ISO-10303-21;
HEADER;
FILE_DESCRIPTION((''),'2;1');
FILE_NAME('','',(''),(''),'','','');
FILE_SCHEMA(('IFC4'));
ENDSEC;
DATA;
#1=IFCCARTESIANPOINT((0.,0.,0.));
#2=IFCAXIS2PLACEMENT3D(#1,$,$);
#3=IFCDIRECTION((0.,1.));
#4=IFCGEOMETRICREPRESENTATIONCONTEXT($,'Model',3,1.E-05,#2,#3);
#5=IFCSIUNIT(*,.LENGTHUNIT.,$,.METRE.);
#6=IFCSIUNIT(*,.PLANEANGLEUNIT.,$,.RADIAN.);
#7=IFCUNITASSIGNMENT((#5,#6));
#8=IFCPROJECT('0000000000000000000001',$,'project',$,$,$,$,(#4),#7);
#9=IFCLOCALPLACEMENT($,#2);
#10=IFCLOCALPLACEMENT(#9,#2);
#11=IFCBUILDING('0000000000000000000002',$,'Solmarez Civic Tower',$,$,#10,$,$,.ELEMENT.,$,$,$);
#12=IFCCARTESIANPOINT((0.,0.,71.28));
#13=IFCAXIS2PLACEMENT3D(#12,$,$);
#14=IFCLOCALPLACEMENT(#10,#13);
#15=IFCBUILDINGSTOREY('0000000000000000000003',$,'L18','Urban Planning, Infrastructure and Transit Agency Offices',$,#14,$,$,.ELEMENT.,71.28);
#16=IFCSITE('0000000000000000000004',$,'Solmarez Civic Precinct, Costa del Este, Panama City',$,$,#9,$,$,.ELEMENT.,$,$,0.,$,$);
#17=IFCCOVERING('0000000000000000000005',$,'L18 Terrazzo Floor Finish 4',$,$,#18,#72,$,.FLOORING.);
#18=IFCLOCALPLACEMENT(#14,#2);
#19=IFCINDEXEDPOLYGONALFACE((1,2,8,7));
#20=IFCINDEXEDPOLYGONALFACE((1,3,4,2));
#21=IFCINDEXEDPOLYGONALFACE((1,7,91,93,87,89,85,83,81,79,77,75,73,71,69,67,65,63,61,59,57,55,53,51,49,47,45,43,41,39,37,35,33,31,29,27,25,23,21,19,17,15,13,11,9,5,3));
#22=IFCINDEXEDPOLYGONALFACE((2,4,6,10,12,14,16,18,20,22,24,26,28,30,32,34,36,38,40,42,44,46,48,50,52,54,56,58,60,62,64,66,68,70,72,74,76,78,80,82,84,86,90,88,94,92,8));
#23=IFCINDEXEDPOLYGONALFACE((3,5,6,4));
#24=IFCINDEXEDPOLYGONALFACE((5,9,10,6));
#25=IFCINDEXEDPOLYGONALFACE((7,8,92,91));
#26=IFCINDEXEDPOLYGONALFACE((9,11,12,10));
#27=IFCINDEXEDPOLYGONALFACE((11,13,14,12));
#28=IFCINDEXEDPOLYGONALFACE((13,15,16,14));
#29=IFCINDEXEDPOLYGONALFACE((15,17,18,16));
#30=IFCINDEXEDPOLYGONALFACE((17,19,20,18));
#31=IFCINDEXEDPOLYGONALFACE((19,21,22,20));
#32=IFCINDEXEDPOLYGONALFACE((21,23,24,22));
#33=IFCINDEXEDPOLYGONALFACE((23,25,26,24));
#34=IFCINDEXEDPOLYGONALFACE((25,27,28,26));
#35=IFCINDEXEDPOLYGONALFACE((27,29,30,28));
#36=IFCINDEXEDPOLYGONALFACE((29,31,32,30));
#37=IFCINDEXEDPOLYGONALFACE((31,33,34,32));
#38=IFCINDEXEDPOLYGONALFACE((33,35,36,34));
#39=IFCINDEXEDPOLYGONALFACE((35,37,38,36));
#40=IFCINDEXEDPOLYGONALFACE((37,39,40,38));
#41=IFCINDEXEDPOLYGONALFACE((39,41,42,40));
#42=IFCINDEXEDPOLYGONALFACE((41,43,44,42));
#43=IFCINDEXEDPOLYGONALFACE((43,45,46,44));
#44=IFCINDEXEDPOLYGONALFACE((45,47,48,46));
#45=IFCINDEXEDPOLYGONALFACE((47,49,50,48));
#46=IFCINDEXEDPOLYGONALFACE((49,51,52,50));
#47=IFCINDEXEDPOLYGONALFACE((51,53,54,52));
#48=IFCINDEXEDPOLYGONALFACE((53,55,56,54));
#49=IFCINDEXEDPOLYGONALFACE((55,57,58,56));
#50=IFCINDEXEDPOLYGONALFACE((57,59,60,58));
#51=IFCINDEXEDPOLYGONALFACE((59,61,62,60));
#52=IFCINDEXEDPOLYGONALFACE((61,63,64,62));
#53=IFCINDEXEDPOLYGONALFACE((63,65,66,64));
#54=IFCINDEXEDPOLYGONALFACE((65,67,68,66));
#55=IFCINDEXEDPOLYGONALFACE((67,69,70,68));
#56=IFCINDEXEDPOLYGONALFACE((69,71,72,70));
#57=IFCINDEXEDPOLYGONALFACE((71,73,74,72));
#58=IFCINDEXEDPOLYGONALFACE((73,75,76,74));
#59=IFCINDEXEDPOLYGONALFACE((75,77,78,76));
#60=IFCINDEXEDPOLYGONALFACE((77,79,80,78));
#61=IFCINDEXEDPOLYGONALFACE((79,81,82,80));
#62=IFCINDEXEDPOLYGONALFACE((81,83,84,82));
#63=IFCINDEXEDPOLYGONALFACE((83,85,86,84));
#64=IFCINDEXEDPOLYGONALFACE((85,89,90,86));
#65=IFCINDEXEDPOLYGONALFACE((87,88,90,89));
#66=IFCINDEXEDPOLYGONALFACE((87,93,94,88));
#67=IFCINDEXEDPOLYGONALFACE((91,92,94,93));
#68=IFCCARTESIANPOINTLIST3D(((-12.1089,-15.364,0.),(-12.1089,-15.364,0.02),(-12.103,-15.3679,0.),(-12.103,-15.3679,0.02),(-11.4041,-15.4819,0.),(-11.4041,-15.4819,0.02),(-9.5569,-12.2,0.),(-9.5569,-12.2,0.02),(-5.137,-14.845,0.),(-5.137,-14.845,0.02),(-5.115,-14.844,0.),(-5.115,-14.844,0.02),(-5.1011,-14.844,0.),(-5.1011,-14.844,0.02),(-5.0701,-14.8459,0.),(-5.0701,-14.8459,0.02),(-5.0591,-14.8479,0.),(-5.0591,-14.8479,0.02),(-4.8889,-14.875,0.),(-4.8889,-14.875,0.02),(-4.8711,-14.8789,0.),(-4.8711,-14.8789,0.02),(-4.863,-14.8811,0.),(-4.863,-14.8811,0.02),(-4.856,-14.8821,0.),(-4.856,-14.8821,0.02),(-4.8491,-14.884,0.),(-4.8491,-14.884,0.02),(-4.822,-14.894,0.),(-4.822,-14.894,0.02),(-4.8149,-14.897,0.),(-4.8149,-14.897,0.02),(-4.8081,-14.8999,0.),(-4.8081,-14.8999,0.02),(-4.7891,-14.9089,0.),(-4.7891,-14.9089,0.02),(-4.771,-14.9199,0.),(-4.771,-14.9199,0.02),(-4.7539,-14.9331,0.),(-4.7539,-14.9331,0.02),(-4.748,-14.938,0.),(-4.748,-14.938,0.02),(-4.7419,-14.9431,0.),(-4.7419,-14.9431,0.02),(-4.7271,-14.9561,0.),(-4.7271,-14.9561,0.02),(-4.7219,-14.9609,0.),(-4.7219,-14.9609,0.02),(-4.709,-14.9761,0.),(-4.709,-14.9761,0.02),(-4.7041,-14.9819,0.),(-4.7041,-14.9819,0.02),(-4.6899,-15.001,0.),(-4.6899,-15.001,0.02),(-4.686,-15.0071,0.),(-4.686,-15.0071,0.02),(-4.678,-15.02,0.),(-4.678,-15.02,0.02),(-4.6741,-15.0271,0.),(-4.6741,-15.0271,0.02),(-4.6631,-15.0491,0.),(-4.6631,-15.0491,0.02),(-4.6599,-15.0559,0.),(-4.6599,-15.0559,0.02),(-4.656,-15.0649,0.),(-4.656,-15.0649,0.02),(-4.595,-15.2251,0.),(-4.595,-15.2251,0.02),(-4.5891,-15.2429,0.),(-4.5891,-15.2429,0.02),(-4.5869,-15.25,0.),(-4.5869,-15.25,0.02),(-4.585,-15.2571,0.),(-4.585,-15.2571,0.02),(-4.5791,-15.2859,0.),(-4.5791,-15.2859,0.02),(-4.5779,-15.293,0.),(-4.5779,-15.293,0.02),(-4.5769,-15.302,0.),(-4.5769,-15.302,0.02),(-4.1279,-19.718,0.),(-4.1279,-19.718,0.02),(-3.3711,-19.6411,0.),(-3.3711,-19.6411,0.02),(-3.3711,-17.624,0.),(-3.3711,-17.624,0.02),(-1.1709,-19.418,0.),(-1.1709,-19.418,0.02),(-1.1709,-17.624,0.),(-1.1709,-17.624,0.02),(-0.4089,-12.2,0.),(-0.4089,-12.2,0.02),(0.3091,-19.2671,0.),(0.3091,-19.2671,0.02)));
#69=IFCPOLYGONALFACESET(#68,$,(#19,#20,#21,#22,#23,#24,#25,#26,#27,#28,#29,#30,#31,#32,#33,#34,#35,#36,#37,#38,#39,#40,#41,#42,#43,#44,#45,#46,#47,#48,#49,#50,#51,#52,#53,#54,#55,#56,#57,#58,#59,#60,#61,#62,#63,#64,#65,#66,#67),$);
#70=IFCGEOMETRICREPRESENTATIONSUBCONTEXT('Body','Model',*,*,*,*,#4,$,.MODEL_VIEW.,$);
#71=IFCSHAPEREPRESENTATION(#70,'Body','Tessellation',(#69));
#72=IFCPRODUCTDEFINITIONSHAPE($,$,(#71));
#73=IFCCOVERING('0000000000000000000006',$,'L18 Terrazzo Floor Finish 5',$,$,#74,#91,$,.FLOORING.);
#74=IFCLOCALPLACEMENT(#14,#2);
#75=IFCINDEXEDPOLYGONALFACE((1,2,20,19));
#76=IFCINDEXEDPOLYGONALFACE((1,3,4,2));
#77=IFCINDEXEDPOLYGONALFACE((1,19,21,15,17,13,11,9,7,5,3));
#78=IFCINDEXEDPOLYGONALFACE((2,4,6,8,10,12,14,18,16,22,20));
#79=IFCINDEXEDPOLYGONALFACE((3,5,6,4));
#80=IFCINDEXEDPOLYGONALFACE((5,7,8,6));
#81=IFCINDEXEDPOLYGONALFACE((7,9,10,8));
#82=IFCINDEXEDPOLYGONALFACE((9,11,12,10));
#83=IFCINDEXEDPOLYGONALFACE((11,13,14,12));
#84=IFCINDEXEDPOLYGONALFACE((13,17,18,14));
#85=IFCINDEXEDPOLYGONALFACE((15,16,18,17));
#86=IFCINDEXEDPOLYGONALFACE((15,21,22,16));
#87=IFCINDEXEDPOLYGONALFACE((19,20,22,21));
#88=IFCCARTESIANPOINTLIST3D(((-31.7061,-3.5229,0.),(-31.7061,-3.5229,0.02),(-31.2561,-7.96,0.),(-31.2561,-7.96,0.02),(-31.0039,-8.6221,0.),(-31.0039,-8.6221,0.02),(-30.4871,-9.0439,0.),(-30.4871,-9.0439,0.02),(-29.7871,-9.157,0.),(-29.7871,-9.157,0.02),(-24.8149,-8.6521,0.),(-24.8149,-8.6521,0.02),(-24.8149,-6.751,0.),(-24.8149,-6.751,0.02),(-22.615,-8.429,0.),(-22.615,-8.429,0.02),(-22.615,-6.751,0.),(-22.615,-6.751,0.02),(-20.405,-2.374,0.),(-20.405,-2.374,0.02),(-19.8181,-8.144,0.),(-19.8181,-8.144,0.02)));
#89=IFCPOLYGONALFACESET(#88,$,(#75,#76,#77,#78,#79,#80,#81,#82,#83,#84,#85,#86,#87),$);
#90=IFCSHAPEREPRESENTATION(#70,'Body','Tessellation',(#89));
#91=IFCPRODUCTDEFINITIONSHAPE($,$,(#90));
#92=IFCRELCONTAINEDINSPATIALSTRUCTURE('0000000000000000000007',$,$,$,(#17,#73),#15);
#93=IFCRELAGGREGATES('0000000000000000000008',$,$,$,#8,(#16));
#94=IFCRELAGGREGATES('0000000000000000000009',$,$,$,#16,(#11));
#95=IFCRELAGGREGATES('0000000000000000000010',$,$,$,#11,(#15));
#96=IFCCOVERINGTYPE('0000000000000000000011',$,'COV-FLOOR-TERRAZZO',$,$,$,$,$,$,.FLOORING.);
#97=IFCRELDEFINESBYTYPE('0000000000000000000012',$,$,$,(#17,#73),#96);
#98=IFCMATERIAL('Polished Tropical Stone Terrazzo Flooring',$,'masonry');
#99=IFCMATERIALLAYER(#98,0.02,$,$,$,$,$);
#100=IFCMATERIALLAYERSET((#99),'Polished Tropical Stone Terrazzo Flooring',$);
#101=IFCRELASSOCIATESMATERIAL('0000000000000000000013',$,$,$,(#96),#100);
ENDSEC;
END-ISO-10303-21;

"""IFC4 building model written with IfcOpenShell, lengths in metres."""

from ifc_helpers import new_model, si_unit, direction, frame, origin, place, context, subcontext, project, spatial, polyline, outline, extrude, material, layer, layer_set, type_object, element, save


model = new_model("IFC4")

# Units and contexts
model_context = context("Model", 3, precision=1e-05, world=origin(), true_north=direction((0.0, 1.0)))
body_context = subcontext(model_context, "Body", "Model", "MODEL_VIEW")
ifc_project = project(units=[si_unit("LENGTHUNIT", "METRE"), si_unit("PLANEANGLEUNIT", "RADIAN")], contexts=[model_context])

# Site, building, storey
site_placement = place(None, origin())
site = spatial("IfcSite", under=ifc_project, at=site_placement, Name="Solmarez Civic Precinct, Costa del Este, Panama City", CompositionType="ELEMENT", RefElevation=0.0)
building_placement = place(site_placement, origin())
building = spatial("IfcBuilding", under=site, at=building_placement, Name="Solmarez Civic Tower", CompositionType="ELEMENT")
storey_placement = place(building_placement, frame((0.0, 0.0, 71.28)))
storey = spatial("IfcBuildingStorey", under=building, at=storey_placement, Name="L18", Description="Urban Planning, Infrastructure and Transit Agency Offices", CompositionType="ELEMENT", Elevation=71.28)

# Coverings
ifc_material_1 = material(Name="Polished Tropical Stone Terrazzo Flooring", Category="masonry")
ifc_layer_1 = layer(ifc_material_1, 0.02)
ifc_layer_set_1 = layer_set([ifc_layer_1], Name="Polished Tropical Stone Terrazzo Flooring")
covering_type_1 = type_object("IfcCoveringType", Name="COV-FLOOR-TERRAZZO", PredefinedType="FLOORING", material=ifc_layer_set_1)
covering_1_placement = place(storey_placement, origin())
element("IfcCovering", 1, at=covering_1_placement, inside=storey, type_object=covering_type_1, Name="L18 Terrazzo Floor Finish 4", PredefinedType="FLOORING", context=body_context, shape_type="SweptSolid", body=[
    extrude(outline(polyline([(-0.4089, -12.2), (-9.5569, -12.2), (-12.1089, -15.364), (-12.103, -15.3679), (-11.4041, -15.4819), (-5.137, -14.845), (-5.115, -14.844), (-5.1011, -14.844), (-5.0701, -14.8459), (-5.0591, -14.8479), (-4.8889, -14.875), (-4.8711, -14.8789), (-4.863, -14.8811), (-4.856, -14.8821), (-4.8491, -14.884), (-4.822, -14.894), (-4.8149, -14.897), (-4.8081, -14.8999), (-4.7891, -14.9089), (-4.771, -14.9199), (-4.7539, -14.9331), (-4.748, -14.938), (-4.7419, -14.9431), (-4.7271, -14.9561), (-4.7219, -14.9609), (-4.709, -14.9761), (-4.7041, -14.9819), (-4.6899, -15.001), (-4.686, -15.0071), (-4.678, -15.02), (-4.6741, -15.0271), (-4.6631, -15.0491), (-4.6599, -15.0559), (-4.656, -15.0649), (-4.595, -15.2251), (-4.5891, -15.2429), (-4.5869, -15.25), (-4.585, -15.2571), (-4.5791, -15.2859), (-4.5779, -15.293), (-4.5769, -15.302), (-4.1279, -19.718), (-3.3711, -19.6411), (-3.3711, -17.624), (-1.1709, -17.624), (-1.1709, -19.418), (0.3091, -19.2671), (-0.4089, -12.2)])), origin(), (0.0, 0.0, 1.0), 0.02),
])
covering_2_placement = place(storey_placement, origin())
element("IfcCovering", 2, at=covering_2_placement, inside=storey, type_object=covering_type_1, Name="L18 Terrazzo Floor Finish 5", PredefinedType="FLOORING", context=body_context, shape_type="SweptSolid", body=[
    extrude(outline(polyline([(-31.7061, -3.5229), (-31.2561, -7.96), (-31.0039, -8.6221), (-30.4871, -9.0439), (-29.7871, -9.157), (-24.8149, -8.6521), (-24.8149, -6.751), (-22.615, -6.751), (-22.615, -8.429), (-19.8181, -8.144), (-20.405, -2.374), (-31.7061, -3.5229)])), origin(), (0.0, 0.0, 1.0), 0.02),
])

save(model, "model.ifc")
